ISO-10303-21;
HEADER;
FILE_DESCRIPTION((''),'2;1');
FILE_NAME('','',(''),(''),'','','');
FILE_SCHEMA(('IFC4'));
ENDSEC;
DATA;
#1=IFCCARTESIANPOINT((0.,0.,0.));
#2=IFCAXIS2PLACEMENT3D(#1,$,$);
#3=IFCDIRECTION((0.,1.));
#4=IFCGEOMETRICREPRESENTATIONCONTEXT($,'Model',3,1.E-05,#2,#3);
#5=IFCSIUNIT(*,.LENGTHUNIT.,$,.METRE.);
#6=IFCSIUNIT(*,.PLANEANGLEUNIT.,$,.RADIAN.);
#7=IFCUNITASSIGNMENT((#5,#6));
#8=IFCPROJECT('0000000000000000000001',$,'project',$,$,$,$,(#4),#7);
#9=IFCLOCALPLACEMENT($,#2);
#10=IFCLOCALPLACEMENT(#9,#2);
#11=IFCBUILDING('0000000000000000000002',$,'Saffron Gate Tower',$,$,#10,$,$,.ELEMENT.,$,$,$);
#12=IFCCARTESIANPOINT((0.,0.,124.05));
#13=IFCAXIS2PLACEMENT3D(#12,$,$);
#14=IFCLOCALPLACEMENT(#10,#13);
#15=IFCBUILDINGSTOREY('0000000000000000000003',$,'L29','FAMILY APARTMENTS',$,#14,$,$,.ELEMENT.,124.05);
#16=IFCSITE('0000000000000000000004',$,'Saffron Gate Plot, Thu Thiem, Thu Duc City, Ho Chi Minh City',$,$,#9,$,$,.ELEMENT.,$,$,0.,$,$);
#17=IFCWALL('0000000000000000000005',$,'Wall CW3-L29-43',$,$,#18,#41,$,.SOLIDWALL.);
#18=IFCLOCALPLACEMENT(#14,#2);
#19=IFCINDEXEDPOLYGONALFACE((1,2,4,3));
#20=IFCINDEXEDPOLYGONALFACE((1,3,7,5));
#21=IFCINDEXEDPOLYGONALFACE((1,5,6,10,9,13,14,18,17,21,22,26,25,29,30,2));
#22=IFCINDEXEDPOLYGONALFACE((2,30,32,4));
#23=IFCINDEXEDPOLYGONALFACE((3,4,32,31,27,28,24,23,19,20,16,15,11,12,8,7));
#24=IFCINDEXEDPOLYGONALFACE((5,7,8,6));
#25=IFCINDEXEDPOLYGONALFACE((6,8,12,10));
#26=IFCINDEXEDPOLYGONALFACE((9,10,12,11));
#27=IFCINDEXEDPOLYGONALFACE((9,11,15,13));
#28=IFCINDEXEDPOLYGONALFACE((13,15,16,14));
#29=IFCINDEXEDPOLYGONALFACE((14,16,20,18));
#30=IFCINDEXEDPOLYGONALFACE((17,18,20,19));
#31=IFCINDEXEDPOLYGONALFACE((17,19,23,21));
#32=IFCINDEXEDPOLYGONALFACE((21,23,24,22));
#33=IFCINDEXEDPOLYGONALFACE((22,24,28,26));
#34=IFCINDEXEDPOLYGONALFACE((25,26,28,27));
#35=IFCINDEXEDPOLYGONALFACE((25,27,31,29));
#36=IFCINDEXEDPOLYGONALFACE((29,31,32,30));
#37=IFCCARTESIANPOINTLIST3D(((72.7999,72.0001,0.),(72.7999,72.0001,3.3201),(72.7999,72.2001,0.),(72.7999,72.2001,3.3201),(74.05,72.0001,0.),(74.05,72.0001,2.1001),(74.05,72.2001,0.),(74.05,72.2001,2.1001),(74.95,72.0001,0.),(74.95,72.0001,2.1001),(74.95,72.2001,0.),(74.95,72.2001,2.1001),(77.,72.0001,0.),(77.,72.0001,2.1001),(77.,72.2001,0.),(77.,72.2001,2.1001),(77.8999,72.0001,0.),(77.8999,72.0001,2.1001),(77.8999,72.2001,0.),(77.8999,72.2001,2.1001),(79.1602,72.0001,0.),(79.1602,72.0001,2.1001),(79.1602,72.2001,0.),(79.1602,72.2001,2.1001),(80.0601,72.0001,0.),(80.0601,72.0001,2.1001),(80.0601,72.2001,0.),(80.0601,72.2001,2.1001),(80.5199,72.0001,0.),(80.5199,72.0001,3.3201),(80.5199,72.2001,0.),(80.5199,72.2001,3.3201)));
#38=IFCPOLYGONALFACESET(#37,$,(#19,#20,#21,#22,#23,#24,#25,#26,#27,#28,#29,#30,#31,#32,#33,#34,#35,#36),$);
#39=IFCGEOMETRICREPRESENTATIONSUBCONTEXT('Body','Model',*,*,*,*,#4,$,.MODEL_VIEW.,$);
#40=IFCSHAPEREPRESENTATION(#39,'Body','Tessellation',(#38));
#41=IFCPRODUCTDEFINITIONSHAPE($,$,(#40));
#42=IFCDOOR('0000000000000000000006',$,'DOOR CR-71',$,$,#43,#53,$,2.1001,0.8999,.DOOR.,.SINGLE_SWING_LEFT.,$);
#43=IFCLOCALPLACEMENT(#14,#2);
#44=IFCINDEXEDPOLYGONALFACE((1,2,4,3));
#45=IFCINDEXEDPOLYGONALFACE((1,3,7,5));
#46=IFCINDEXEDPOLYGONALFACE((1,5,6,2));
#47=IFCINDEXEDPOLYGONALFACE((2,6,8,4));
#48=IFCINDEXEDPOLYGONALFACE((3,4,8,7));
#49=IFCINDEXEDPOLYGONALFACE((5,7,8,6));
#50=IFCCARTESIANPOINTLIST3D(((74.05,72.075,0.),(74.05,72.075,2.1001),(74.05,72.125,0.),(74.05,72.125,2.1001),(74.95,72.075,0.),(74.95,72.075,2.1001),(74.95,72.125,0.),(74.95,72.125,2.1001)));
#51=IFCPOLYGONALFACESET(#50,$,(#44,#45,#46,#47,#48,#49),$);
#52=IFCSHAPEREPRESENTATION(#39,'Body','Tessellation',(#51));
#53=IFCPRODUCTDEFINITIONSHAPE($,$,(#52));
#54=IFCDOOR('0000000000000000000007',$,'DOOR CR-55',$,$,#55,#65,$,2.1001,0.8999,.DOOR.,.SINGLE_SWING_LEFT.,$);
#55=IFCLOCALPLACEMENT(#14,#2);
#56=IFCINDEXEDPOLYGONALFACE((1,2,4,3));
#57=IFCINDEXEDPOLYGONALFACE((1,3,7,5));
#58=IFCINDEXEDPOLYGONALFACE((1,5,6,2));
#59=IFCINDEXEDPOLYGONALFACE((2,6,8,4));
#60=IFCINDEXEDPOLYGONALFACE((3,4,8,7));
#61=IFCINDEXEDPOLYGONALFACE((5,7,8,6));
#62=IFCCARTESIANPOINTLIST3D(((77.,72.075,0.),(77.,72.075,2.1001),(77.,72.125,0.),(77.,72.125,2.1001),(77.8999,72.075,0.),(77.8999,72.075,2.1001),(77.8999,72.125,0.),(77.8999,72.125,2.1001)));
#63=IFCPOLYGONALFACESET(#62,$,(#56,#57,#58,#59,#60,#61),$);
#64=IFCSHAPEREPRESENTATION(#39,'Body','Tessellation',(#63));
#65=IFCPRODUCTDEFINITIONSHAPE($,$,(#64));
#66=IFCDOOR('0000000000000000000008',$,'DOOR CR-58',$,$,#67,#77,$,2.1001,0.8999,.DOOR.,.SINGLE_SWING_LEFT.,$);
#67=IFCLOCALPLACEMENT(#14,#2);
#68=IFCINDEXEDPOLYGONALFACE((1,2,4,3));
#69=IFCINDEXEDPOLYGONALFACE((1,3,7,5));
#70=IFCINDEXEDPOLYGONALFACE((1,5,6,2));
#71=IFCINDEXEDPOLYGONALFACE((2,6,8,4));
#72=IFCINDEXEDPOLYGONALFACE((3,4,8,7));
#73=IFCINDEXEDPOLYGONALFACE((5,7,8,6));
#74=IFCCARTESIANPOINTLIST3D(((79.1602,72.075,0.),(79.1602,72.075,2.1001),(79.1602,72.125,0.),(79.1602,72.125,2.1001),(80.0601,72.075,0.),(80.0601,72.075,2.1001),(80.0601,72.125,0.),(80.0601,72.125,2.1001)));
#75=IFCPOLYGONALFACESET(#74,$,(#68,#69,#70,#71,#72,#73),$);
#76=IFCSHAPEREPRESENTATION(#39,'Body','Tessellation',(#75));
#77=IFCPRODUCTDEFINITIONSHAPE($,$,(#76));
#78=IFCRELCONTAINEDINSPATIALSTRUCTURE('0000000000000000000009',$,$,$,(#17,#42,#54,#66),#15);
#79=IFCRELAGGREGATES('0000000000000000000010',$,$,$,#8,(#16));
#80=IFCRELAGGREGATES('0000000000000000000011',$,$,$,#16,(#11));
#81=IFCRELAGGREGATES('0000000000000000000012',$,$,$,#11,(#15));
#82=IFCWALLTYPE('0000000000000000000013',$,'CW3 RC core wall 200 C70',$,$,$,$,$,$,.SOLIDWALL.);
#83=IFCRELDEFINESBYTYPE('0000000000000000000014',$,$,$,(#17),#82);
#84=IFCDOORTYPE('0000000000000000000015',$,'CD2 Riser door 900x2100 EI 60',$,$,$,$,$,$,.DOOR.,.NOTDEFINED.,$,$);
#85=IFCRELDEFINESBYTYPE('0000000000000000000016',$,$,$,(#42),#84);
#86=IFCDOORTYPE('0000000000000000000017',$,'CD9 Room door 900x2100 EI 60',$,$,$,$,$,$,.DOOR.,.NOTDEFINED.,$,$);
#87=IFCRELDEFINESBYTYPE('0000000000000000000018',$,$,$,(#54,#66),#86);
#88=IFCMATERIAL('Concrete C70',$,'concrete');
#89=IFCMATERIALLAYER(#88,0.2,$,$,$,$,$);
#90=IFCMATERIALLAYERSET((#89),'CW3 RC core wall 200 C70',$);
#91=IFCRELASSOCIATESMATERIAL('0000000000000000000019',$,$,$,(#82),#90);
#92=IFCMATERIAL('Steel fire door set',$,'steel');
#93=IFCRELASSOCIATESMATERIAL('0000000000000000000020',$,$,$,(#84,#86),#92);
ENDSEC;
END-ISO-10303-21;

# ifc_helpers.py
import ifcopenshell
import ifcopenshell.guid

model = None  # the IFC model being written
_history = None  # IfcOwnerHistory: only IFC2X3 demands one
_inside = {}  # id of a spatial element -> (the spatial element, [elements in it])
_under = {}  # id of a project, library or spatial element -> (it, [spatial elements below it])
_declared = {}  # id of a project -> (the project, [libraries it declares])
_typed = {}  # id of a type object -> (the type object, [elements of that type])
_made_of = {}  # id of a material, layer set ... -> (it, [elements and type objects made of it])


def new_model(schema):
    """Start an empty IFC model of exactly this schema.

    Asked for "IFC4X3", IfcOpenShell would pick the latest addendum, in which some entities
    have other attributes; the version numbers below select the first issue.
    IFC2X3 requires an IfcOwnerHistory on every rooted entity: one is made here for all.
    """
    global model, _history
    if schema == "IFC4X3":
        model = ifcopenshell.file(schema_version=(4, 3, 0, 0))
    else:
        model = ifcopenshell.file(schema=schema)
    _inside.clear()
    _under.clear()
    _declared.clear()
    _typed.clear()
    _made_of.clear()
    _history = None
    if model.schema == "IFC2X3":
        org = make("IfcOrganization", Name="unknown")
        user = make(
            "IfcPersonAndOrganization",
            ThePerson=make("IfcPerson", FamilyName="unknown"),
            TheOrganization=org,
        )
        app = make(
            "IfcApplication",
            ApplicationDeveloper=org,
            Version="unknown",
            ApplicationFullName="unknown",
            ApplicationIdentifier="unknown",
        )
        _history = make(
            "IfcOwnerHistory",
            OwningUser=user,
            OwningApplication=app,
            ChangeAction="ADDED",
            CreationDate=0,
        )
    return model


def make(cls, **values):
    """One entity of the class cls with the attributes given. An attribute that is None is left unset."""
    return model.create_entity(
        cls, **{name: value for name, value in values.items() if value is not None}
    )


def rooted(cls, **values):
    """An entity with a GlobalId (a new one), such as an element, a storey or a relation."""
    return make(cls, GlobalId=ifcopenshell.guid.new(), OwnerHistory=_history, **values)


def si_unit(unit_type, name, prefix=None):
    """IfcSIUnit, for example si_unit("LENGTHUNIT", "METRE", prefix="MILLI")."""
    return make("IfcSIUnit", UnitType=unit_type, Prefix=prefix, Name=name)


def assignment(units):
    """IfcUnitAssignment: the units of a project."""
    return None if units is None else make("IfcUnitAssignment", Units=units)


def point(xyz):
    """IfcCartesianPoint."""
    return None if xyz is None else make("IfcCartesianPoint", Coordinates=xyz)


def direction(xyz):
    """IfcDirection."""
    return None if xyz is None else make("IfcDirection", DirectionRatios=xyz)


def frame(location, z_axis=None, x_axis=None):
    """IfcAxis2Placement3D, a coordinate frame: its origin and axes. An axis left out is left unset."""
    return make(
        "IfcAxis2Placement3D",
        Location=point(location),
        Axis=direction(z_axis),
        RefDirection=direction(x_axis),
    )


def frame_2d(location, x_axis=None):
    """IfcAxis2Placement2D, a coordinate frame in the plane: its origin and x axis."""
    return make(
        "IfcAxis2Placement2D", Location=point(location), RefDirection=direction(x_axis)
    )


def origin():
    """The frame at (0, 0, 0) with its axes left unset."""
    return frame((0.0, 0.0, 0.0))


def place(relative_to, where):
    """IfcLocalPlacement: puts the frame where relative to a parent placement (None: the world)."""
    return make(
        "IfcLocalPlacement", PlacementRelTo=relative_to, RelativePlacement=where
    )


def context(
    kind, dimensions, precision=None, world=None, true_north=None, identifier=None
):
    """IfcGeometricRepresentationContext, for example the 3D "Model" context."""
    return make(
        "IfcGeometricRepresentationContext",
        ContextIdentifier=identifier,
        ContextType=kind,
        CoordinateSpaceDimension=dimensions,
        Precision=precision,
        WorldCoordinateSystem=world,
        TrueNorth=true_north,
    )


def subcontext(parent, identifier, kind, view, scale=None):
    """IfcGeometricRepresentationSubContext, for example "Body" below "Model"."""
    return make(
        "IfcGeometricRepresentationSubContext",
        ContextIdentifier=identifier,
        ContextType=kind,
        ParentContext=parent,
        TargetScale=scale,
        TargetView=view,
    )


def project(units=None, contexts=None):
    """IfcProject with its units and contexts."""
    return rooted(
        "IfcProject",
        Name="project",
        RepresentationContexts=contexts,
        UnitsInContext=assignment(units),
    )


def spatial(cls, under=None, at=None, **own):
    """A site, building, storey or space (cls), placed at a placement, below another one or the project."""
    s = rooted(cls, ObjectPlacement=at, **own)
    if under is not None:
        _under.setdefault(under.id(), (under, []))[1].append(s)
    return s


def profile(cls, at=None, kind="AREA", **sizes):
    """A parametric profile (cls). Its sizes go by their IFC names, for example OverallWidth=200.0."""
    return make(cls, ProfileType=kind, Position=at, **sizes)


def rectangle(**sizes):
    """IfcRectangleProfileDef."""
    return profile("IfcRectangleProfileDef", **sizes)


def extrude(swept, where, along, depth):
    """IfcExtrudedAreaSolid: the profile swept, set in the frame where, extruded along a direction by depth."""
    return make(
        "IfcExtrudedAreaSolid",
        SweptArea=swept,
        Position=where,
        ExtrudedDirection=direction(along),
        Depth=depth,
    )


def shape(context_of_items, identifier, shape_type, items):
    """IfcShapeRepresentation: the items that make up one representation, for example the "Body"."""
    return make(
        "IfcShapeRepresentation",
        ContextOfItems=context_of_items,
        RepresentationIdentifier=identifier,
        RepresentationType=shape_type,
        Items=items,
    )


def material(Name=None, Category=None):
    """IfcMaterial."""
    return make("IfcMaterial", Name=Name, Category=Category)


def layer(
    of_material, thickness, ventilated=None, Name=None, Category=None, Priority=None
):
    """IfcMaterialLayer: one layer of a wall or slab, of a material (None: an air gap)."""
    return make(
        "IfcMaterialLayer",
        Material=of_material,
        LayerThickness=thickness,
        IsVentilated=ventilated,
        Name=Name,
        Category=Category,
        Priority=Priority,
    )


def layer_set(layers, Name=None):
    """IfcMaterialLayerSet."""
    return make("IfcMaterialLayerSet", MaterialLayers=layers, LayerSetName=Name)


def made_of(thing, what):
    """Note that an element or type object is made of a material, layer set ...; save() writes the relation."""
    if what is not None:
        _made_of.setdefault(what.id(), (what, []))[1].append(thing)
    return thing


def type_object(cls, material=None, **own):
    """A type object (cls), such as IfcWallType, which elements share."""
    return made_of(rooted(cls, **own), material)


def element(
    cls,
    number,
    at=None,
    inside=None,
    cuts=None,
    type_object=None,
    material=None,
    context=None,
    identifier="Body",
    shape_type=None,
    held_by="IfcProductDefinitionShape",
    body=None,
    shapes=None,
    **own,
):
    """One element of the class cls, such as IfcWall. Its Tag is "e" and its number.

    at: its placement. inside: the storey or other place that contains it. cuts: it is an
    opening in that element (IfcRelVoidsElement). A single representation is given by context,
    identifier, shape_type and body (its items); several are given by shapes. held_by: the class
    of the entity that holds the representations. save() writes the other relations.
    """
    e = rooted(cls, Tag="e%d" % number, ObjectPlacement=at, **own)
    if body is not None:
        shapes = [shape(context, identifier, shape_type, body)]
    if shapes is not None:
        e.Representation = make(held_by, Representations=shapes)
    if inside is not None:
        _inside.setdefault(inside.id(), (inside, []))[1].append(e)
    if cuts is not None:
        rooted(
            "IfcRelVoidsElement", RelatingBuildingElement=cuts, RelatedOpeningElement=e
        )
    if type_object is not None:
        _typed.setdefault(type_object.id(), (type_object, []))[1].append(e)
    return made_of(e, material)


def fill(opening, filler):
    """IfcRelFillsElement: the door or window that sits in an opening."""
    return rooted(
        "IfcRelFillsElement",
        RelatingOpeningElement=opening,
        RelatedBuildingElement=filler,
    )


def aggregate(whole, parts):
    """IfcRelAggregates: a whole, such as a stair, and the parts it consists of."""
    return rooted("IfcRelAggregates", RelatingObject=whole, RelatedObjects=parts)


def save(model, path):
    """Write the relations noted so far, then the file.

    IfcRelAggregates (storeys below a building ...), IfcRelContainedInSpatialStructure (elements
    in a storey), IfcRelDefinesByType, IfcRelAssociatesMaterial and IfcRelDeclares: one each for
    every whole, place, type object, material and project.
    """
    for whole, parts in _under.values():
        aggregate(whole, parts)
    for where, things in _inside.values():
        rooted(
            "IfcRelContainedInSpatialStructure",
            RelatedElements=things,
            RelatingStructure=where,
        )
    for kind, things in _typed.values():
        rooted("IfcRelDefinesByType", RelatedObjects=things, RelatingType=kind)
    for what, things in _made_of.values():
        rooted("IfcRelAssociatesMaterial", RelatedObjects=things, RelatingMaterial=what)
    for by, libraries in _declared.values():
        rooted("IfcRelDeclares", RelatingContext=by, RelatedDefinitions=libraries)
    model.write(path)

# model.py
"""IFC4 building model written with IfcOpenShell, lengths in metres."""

from ifc_helpers import new_model, si_unit, direction, frame, frame_2d, origin, place, context, subcontext, project, spatial, rectangle, extrude, material, layer, layer_set, type_object, element, fill, save


model = new_model("IFC4")

# Units and contexts
model_context = context("Model", 3, precision=1e-05, world=origin(), true_north=direction((0.0, 1.0)))
body_context = subcontext(model_context, "Body", "Model", "MODEL_VIEW")
ifc_project = project(units=[si_unit("LENGTHUNIT", "METRE"), si_unit("PLANEANGLEUNIT", "RADIAN")], contexts=[model_context])

# Site, building, storey
site_placement = place(None, origin())
site = spatial("IfcSite", under=ifc_project, at=site_placement, Name="Saffron Gate Plot, Thu Thiem, Thu Duc City, Ho Chi Minh City", CompositionType="ELEMENT", RefElevation=0.0)
building_placement = place(site_placement, origin())
building = spatial("IfcBuilding", under=site, at=building_placement, Name="Saffron Gate Tower", CompositionType="ELEMENT")
storey_placement = place(building_placement, frame((0.0, 0.0, 124.05)))
storey = spatial("IfcBuildingStorey", under=building, at=storey_placement, Name="L29", Description="FAMILY APARTMENTS", CompositionType="ELEMENT", Elevation=124.05)

# Shared definitions
ifc_material_1 = material(Name="Concrete C70", Category="concrete")
ifc_material_2 = material(Name="Steel fire door set", Category="steel")
ifc_layer_1 = layer(ifc_material_1, 0.2)
ifc_layer_set_1 = layer_set([ifc_layer_1], Name="CW3 RC core wall 200 C70")
wall_type_1 = type_object("IfcWallType", Name="CW3 RC core wall 200 C70", PredefinedType="SOLIDWALL", material=ifc_layer_set_1)

# Wall, openings, doors
wall_1_placement = place(storey_placement, frame((72.8, 72.1001, 0.0), z_axis=(0.0, 0.0, 1.0), x_axis=(1.0, 0.0, 0.0)))
wall_1 = element("IfcWall", 1, at=wall_1_placement, inside=storey, type_object=wall_type_1, Name="Wall CW3-L29-43", PredefinedType="SOLIDWALL", context=body_context, shape_type="SweptSolid", body=[
    extrude(rectangle(XDim=7.72, YDim=0.2, at=frame_2d((3.8599, 0.0))), origin(), (0.0, 0.0, 1.0), 3.3201),
])
opening_1_placement = place(wall_1_placement, frame((1.25, 0.0, 0.0)))
opening_1 = element("IfcOpeningElement", 2, at=opening_1_placement, cuts=wall_1, PredefinedType="OPENING", context=body_context, shape_type="SweptSolid", body=[
    extrude(rectangle(XDim=0.8999, YDim=2.1001, at=frame_2d((0.45, 1.05))), frame((0.0, 0.1099, 0.0), z_axis=(0.0, -1.0, 0.0), x_axis=(1.0, 0.0, 0.0)), (0.0, 0.0, 1.0), 0.22),
])
opening_2_placement = place(wall_1_placement, frame((4.2, 0.0, 0.0)))
opening_2 = element("IfcOpeningElement", 3, at=opening_2_placement, cuts=wall_1, PredefinedType="OPENING", context=body_context, shape_type="SweptSolid", body=[
    extrude(rectangle(XDim=0.8999, YDim=2.1001, at=frame_2d((0.45, 1.05))), frame((0.0, 0.1099, 0.0), z_axis=(0.0, -1.0, 0.0), x_axis=(1.0, 0.0, 0.0)), (0.0, 0.0, 1.0), 0.22),
])
opening_3_placement = place(wall_1_placement, frame((6.3601, 0.0, 0.0)))
opening_3 = element("IfcOpeningElement", 4, at=opening_3_placement, cuts=wall_1, PredefinedType="OPENING", context=body_context, shape_type="SweptSolid", body=[
    extrude(rectangle(XDim=0.8999, YDim=2.1001, at=frame_2d((0.45, 1.05))), frame((0.0, 0.1099, 0.0), z_axis=(0.0, -1.0, 0.0), x_axis=(1.0, 0.0, 0.0)), (0.0, 0.0, 1.0), 0.22),
])
door_type_1 = type_object("IfcDoorType", Name="CD2 Riser door 900x2100 EI 60", OperationType="NOTDEFINED", PredefinedType="DOOR", material=ifc_material_2)
door_1_placement = place(opening_1_placement, origin())
door_1 = element("IfcDoor", 5, at=door_1_placement, inside=storey, type_object=door_type_1, Name="DOOR CR-71", OperationType="SINGLE_SWING_LEFT", OverallHeight=2.1001, OverallWidth=0.8999, PredefinedType="DOOR", context=body_context, shape_type="SweptSolid", body=[
    extrude(rectangle(XDim=0.8999, YDim=2.1001, at=frame_2d((0.45, 1.05))), frame((0.0, 0.0249, 0.0), z_axis=(0.0, -1.0, 0.0), x_axis=(1.0, 0.0, 0.0)), (0.0, 0.0, 1.0), 0.05),
])
fill(opening_1, door_1)
door_type_2 = type_object("IfcDoorType", Name="CD9 Room door 900x2100 EI 60", OperationType="NOTDEFINED", PredefinedType="DOOR", material=ifc_material_2)
door_2_placement = place(opening_2_placement, origin())
door_2 = element("IfcDoor", 6, at=door_2_placement, inside=storey, type_object=door_type_2, Name="DOOR CR-55", OperationType="SINGLE_SWING_LEFT", OverallHeight=2.1001, OverallWidth=0.8999, PredefinedType="DOOR", context=body_context, shape_type="SweptSolid", body=[
    extrude(rectangle(XDim=0.8999, YDim=2.1001, at=frame_2d((0.45, 1.05))), frame((0.0, 0.0249, 0.0), z_axis=(0.0, -1.0, 0.0), x_axis=(1.0, 0.0, 0.0)), (0.0, 0.0, 1.0), 0.05),
])
fill(opening_2, door_2)
door_3_placement = place(opening_3_placement, origin())
door_3 = element("IfcDoor", 7, at=door_3_placement, inside=storey, type_object=door_type_2, Name="DOOR CR-58", OperationType="SINGLE_SWING_LEFT", OverallHeight=2.1001, OverallWidth=0.8999, PredefinedType="DOOR", context=body_context, shape_type="SweptSolid", body=[
    extrude(rectangle(XDim=0.8999, YDim=2.1001, at=frame_2d((0.45, 1.05))), frame((0.0, 0.0249, 0.0), z_axis=(0.0, -1.0, 0.0), x_axis=(1.0, 0.0, 0.0)), (0.0, 0.0, 1.0), 0.05),
])
fill(opening_3, door_3)

save(model, "model.ifc")
